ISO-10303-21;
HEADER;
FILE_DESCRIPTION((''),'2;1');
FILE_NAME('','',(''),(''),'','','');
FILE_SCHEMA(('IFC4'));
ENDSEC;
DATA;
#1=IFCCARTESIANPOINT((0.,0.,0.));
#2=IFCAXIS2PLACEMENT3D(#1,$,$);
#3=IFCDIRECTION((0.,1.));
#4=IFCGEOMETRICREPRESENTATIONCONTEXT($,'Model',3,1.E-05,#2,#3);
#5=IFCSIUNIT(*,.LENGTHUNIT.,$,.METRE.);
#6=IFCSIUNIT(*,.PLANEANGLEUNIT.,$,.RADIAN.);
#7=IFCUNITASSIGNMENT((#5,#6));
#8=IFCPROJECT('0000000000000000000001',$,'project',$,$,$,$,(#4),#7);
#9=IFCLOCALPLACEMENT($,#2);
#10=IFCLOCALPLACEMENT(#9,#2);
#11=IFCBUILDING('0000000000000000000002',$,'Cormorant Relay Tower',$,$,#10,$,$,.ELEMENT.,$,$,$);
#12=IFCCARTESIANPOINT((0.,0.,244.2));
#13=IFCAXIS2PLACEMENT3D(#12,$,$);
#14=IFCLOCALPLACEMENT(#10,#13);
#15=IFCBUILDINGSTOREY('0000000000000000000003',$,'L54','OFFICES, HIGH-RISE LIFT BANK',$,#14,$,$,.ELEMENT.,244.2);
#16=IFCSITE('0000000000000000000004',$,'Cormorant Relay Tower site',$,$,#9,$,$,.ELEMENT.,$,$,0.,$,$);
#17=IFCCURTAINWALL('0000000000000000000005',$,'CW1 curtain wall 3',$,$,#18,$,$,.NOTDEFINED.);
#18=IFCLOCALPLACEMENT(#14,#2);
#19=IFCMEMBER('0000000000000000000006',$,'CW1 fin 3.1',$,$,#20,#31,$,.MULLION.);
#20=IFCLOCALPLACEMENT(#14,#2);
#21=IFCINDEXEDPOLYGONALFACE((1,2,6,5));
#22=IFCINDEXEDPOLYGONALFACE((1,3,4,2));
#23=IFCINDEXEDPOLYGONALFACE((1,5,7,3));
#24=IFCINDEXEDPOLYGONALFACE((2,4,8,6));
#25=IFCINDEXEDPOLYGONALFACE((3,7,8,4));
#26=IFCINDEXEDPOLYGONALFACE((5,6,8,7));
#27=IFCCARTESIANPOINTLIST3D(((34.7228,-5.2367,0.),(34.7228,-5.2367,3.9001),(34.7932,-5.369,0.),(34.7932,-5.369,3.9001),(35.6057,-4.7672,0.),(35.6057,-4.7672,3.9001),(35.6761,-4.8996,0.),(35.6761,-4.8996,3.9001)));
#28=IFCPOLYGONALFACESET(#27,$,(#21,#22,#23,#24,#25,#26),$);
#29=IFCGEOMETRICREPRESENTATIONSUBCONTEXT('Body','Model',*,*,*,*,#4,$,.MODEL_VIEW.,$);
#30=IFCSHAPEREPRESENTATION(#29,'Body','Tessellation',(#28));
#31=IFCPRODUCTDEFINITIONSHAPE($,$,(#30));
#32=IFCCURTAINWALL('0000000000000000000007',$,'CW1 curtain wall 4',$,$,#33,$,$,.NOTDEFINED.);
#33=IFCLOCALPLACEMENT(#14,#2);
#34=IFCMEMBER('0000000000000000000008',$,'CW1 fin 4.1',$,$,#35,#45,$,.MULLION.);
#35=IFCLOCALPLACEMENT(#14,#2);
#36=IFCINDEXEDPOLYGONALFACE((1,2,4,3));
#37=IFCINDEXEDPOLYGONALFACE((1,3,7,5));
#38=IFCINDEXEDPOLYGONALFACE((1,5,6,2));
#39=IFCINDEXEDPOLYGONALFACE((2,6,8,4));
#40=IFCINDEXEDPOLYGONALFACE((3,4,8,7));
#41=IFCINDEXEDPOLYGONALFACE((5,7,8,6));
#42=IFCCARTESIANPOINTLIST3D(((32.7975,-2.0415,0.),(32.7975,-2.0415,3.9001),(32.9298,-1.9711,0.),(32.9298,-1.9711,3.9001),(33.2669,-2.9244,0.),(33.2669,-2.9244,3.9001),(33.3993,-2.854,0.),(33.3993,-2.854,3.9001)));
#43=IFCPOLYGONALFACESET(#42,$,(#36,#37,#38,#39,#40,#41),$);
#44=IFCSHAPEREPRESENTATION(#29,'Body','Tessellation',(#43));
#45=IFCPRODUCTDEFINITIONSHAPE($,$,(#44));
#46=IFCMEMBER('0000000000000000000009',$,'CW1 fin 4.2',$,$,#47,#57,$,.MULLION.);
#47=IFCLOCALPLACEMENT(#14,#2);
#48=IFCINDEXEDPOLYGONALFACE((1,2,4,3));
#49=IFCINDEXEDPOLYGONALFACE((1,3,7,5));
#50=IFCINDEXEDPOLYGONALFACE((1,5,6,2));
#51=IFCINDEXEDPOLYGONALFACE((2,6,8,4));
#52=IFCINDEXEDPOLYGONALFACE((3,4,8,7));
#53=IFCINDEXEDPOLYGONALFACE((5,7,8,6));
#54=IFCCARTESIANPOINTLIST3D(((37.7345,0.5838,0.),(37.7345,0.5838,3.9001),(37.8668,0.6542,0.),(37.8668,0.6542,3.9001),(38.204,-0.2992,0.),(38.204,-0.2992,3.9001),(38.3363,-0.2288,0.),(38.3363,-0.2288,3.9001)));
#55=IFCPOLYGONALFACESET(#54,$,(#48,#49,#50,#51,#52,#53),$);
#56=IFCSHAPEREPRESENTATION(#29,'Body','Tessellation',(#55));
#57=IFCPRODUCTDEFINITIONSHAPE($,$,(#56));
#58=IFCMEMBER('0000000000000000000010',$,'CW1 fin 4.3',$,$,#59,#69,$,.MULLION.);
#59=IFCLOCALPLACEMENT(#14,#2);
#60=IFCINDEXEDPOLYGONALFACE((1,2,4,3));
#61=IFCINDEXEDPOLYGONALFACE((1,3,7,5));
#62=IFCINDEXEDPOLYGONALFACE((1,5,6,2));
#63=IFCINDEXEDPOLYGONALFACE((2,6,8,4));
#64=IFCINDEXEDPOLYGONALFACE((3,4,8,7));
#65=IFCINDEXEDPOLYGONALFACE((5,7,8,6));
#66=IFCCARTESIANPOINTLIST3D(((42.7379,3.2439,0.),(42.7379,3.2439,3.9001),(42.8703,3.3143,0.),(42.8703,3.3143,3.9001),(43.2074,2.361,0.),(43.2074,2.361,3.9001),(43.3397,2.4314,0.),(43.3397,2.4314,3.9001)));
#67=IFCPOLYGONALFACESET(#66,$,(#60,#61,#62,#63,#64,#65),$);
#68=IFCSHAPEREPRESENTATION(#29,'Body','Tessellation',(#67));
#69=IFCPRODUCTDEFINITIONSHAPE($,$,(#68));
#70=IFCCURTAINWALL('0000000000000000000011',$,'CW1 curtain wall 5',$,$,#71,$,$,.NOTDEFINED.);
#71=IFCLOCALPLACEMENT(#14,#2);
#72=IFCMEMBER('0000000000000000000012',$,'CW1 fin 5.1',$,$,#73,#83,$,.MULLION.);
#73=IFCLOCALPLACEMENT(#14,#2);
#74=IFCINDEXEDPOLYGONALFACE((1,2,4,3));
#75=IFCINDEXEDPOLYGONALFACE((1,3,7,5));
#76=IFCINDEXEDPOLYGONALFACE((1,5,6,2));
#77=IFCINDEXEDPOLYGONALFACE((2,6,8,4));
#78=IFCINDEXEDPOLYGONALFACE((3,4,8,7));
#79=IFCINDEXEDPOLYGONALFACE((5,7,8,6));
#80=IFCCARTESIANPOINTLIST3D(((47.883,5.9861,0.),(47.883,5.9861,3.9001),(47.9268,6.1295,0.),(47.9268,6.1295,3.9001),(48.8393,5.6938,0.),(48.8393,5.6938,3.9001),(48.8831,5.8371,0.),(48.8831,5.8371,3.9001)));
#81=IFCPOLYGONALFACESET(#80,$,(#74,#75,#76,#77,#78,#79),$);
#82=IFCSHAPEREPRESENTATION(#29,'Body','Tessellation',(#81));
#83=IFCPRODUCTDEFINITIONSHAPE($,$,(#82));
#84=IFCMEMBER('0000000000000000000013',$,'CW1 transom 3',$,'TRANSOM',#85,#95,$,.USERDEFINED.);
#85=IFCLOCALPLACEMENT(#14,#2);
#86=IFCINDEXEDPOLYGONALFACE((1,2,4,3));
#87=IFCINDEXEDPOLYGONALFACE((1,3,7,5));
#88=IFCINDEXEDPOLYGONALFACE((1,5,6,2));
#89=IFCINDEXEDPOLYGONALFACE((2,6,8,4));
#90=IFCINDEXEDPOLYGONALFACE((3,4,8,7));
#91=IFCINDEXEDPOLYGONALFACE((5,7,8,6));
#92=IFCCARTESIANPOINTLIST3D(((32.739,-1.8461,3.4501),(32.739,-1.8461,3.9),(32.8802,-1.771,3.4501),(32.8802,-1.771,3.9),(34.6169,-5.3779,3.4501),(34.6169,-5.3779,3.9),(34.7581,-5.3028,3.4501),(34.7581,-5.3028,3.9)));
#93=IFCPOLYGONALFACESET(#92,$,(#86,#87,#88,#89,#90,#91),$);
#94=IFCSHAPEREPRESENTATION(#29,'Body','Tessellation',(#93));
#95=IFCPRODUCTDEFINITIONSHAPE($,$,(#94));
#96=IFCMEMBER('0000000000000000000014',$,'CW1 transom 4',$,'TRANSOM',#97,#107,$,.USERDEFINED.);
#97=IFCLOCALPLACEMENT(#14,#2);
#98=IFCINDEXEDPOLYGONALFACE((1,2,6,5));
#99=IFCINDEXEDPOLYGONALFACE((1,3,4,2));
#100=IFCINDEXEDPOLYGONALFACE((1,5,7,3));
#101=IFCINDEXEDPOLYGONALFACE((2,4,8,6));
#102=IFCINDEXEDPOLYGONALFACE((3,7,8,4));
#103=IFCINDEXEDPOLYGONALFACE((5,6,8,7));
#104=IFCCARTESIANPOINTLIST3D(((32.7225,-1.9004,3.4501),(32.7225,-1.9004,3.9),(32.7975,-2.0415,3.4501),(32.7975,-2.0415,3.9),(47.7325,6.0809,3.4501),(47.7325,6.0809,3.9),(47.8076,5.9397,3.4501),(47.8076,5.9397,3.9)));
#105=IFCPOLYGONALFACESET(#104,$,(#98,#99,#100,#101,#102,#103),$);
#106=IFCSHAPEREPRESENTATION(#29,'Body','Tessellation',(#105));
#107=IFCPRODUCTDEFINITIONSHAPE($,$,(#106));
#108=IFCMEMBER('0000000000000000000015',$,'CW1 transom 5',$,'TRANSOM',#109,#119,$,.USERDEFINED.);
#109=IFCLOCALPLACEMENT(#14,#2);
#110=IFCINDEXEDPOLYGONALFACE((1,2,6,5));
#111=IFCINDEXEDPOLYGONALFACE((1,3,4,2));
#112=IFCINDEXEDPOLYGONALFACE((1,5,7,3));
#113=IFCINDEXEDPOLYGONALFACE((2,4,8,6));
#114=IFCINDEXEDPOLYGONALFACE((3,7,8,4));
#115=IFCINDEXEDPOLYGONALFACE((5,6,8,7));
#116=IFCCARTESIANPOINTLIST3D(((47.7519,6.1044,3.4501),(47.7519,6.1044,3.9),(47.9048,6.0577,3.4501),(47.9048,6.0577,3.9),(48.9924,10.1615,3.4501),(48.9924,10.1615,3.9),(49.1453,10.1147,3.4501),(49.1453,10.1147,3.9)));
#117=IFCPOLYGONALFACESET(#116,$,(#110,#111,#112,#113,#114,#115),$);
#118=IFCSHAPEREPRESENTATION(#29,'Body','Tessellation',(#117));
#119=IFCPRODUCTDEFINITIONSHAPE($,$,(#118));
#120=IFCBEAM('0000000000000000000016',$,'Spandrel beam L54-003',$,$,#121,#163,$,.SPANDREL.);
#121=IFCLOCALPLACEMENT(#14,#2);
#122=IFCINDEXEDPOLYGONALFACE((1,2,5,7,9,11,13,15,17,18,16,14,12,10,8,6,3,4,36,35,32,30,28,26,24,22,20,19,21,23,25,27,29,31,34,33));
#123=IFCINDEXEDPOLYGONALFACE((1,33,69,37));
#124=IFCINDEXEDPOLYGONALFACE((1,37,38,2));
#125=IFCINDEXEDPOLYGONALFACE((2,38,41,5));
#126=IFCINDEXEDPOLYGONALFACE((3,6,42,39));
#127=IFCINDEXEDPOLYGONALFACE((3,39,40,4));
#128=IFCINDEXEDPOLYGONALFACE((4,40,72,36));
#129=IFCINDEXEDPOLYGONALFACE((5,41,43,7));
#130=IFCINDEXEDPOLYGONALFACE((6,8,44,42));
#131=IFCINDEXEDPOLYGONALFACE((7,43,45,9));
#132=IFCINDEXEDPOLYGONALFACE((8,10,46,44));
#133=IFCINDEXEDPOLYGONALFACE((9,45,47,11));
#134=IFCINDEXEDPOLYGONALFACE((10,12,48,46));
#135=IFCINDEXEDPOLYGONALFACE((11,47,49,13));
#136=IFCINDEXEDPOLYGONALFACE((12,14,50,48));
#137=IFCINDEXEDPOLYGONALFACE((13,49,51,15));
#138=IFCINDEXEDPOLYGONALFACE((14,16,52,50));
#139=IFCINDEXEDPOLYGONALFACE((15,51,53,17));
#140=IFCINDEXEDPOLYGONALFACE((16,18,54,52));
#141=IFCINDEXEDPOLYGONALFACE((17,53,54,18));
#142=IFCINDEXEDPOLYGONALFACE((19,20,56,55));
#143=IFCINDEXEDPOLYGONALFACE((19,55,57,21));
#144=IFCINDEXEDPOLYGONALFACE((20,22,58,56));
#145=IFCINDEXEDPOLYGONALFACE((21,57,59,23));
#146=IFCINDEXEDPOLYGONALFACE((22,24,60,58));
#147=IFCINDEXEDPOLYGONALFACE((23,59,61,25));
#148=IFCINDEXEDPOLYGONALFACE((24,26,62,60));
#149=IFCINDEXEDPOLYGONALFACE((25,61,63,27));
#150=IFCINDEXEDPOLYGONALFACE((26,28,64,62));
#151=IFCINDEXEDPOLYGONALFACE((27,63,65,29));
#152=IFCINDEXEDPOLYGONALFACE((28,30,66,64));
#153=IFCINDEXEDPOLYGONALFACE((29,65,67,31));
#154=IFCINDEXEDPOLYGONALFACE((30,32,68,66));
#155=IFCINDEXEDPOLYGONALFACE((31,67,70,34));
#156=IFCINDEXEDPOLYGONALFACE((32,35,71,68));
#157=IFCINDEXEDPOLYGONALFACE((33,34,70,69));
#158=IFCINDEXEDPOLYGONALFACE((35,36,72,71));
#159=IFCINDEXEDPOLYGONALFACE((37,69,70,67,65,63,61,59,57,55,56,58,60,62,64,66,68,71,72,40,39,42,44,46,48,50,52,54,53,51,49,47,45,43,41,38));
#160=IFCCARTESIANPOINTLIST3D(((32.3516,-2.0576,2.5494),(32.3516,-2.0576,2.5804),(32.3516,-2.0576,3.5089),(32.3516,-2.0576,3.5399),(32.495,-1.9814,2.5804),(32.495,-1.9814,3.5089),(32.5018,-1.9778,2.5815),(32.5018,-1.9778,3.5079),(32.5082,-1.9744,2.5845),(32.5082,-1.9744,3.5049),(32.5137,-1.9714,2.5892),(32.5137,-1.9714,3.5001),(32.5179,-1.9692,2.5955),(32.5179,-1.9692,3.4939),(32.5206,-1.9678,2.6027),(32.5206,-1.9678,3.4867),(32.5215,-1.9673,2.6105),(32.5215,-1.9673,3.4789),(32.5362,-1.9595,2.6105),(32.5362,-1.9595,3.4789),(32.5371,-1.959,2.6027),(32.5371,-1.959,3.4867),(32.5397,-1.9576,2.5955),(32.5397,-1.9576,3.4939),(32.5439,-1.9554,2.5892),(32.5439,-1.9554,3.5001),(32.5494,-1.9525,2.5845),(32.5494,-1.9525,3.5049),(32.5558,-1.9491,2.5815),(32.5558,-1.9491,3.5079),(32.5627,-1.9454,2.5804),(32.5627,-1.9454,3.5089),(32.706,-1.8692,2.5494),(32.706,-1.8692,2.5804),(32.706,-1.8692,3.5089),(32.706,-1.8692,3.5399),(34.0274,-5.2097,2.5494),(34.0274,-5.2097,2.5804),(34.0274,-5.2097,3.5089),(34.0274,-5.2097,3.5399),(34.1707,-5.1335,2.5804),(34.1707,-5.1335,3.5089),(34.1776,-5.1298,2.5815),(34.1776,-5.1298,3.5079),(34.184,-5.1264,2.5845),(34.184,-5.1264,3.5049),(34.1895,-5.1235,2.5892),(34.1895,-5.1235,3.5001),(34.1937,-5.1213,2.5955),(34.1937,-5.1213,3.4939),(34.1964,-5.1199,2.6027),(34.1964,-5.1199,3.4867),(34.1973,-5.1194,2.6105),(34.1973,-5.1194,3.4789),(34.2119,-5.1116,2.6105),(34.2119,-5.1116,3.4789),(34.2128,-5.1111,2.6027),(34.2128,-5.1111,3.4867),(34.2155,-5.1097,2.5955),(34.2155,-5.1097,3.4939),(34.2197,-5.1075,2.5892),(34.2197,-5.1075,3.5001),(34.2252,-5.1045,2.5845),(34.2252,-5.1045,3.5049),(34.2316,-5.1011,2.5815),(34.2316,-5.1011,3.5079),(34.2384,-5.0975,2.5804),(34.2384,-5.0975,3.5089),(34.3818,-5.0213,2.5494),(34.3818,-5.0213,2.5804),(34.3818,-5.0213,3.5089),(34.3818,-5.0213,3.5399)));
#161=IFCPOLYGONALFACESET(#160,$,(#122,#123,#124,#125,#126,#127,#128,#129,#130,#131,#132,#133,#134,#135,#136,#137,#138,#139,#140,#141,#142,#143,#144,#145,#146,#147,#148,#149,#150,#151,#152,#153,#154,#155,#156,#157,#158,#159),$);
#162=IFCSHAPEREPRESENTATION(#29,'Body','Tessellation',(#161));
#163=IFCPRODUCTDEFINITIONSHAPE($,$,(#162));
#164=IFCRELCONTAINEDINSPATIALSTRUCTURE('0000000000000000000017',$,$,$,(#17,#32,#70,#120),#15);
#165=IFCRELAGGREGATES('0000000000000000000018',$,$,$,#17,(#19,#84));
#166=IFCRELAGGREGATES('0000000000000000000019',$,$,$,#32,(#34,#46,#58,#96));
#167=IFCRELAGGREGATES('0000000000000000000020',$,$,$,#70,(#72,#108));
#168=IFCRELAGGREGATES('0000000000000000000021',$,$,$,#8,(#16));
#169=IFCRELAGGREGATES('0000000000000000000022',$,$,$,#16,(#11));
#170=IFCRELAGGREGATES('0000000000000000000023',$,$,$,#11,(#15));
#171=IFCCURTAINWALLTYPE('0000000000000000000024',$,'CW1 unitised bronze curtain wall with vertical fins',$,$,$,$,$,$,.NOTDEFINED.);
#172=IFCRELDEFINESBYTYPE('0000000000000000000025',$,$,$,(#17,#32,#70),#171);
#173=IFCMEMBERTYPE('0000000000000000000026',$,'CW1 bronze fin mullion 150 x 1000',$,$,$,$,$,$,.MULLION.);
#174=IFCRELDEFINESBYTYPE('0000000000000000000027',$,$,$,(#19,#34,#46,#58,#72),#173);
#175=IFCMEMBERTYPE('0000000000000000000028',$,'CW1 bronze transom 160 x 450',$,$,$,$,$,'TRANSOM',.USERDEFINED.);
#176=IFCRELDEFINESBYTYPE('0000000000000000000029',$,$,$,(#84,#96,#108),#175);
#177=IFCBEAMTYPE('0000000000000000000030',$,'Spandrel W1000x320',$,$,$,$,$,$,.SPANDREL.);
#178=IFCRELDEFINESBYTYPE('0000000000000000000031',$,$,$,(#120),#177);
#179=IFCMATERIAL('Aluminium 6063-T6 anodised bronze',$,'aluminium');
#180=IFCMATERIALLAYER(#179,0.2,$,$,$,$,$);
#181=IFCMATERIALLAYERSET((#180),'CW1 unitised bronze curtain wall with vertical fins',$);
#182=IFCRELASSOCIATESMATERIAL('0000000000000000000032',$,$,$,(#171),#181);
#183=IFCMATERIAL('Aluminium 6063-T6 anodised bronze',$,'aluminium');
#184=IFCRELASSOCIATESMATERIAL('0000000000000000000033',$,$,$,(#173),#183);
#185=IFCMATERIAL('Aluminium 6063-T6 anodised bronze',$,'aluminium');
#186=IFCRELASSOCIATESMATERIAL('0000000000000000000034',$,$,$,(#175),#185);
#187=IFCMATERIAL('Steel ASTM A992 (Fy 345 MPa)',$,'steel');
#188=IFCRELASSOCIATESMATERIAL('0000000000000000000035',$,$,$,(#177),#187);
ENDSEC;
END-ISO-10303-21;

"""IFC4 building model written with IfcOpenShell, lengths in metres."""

from ifc_helpers import new_model, si_unit, direction, frame, origin, origin_2d, place, context, subcontext, project, spatial, rectangle, i_section, extrude, material, layer, layer_set, material_profile, profile_set, type_object, element, aggregate, save


model = new_model("IFC4")

# Units and contexts
model_context = context("Model", 3, precision=1e-05, world=origin(), true_north=direction((0.0, 1.0)))
body_context = subcontext(model_context, "Body", "Model", "MODEL_VIEW")
ifc_project = project(units=[si_unit("LENGTHUNIT", "METRE"), si_unit("PLANEANGLEUNIT", "RADIAN")], contexts=[model_context])

# Site, building, storey
site_placement = place(None, origin())
site = spatial("IfcSite", under=ifc_project, at=site_placement, Name="Cormorant Relay Tower site", CompositionType="ELEMENT", RefElevation=0.0)
building_placement = place(site_placement, origin())
building = spatial("IfcBuilding", under=site, at=building_placement, Name="Cormorant Relay Tower", CompositionType="ELEMENT")
storey_placement = place(building_placement, frame((0.0, 0.0, 244.2)))
storey = spatial("IfcBuildingStorey", under=building, at=storey_placement, Name="L54", Description="OFFICES, HIGH-RISE LIFT BANK", CompositionType="ELEMENT", Elevation=244.2)

# Curtain wall, member
ifc_material_1 = material(Name="Aluminium 6063-T6 anodised bronze", Category="aluminium")
ifc_layer_1 = layer(ifc_material_1, 0.2)
ifc_layer_set_1 = layer_set([ifc_layer_1], Name="CW1 unitised bronze curtain wall with vertical fins")
curtain_wall_type = type_object("IfcCurtainWallType", Name="CW1 unitised bronze curtain wall with vertical fins", PredefinedType="NOTDEFINED", material=ifc_layer_set_1)
curtain_wall_1_placement = place(storey_placement, origin())
curtain_wall_1 = element("IfcCurtainWall", 1, at=curtain_wall_1_placement, inside=storey, type_object=curtain_wall_type, Name="CW1 curtain wall 3", PredefinedType="NOTDEFINED")
ifc_material_2 = material(Name="Aluminium 6063-T6 anodised bronze", Category="aluminium")
ifc_material_profile_1 = material_profile(ifc_material_2, rectangle(XDim=0.1499, YDim=1.0, at=origin_2d()), Name="AL 150x1000")
ifc_profile_set_1 = profile_set([ifc_material_profile_1], Name="Aluminium 6063-T6 anodised bronze")
member_type_1 = type_object("IfcMemberType", Name="CW1 bronze fin mullion 150 x 1000", PredefinedType="MULLION", material=ifc_profile_set_1)
member_1_placement = place(storey_placement, frame((35.1995, -5.0681, 0.0), z_axis=(0.0, 0.0, 1.0), x_axis=(-0.469472, 0.882948, 0.0)))
member_1 = element("IfcMember", 2, at=member_1_placement, type_object=member_type_1, Name="CW1 fin 3.1", PredefinedType="MULLION", context=body_context, shape_type="SweptSolid", body=[
    extrude(rectangle(XDim=0.1499, YDim=1.0, at=origin_2d()), origin(), (0.0, 0.0, 1.0), 3.9001),
])

# Curtain wall, members
curtain_wall_2_placement = place(storey_placement, origin())
curtain_wall_2 = element("IfcCurtainWall", 3, at=curtain_wall_2_placement, inside=storey, type_object=curtain_wall_type, Name="CW1 curtain wall 4", PredefinedType="NOTDEFINED")
member_2_placement = place(storey_placement, frame((33.0984, -2.4478, 0.0), z_axis=(0.0, 0.0, 1.0), x_axis=(0.882948, 0.469472, 0.0)))
member_2 = element("IfcMember", 4, at=member_2_placement, type_object=member_type_1, Name="CW1 fin 4.1", PredefinedType="MULLION", context=body_context, shape_type="SweptSolid", body=[
    extrude(rectangle(XDim=0.1499, YDim=1.0, at=origin_2d()), origin(), (0.0, 0.0, 1.0), 3.9001),
])
member_3_placement = place(storey_placement, frame((38.0354, 0.1775, 0.0), z_axis=(0.0, 0.0, 1.0), x_axis=(0.882948, 0.469472, 0.0)))
member_3 = element("IfcMember", 5, at=member_3_placement, type_object=member_type_1, Name="CW1 fin 4.2", PredefinedType="MULLION", context=body_context, shape_type="SweptSolid", body=[
    extrude(rectangle(XDim=0.1499, YDim=1.0, at=origin_2d()), origin(), (0.0, 0.0, 1.0), 3.9001),
])
member_4_placement = place(storey_placement, frame((43.0388, 2.8376, 0.0), z_axis=(0.0, 0.0, 1.0), x_axis=(0.882948, 0.469472, 0.0)))
member_4 = element("IfcMember", 6, at=member_4_placement, type_object=member_type_1, Name="CW1 fin 4.3", PredefinedType="MULLION", context=body_context, shape_type="SweptSolid", body=[
    extrude(rectangle(XDim=0.1499, YDim=1.0, at=origin_2d()), origin(), (0.0, 0.0, 1.0), 3.9001),
])

# Curtain wall, member
curtain_wall_3_placement = place(storey_placement, origin())
curtain_wall_3 = element("IfcCurtainWall", 7, at=curtain_wall_3_placement, inside=storey, type_object=curtain_wall_type, Name="CW1 curtain wall 5", PredefinedType="NOTDEFINED")
member_5_placement = place(storey_placement, frame((48.3831, 5.9116, 0.0), z_axis=(0.0, 0.0, 1.0), x_axis=(0.292372, 0.956305, 0.0)))
member_5 = element("IfcMember", 8, at=member_5_placement, type_object=member_type_1, Name="CW1 fin 5.1", PredefinedType="MULLION", context=body_context, shape_type="SweptSolid", body=[
    extrude(rectangle(XDim=0.1499, YDim=1.0, at=origin_2d()), origin(), (0.0, 0.0, 1.0), 3.9001),
])

# Members
ifc_material_3 = material(Name="Aluminium 6063-T6 anodised bronze", Category="aluminium")
ifc_material_profile_2 = material_profile(ifc_material_3, rectangle(XDim=0.1599, YDim=0.45, at=origin_2d()), Name="AL 160x450")
ifc_profile_set_2 = profile_set([ifc_material_profile_2], Name="Aluminium 6063-T6 anodised bronze")
member_type_2 = type_object("IfcMemberType", Name="CW1 bronze transom 160 x 450", ElementType="TRANSOM", PredefinedType="USERDEFINED", material=ifc_profile_set_2)
member_6_placement = place(storey_placement, frame((34.6875, -5.3403, 3.675), z_axis=(-0.469485, 0.88294, 0.0), x_axis=(-0.88294, -0.469485, 0.0)))
member_6 = element("IfcMember", 9, at=member_6_placement, type_object=member_type_2, Name="CW1 transom 3", ObjectType="TRANSOM", PredefinedType="USERDEFINED", context=body_context, shape_type="SweptSolid", body=[
    extrude(rectangle(XDim=0.1599, YDim=0.45, at=origin_2d()), origin(), (0.0, 0.0, 1.0), 4.0),
])
member_7_placement = place(storey_placement, frame((32.76, -1.9709, 3.675), z_axis=(0.882942, 0.469482, 0.0), x_axis=(-0.469482, 0.882942, 0.0)))
member_7 = element("IfcMember", 10, at=member_7_placement, type_object=member_type_2, Name="CW1 transom 4", ObjectType="TRANSOM", PredefinedType="USERDEFINED", context=body_context, shape_type="SweptSolid", body=[
    extrude(rectangle(XDim=0.1599, YDim=0.45, at=origin_2d()), origin(), (0.0, 0.0, 1.0), 17.0),
])
member_8_placement = place(storey_placement, frame((47.8284, 6.0811, 3.675), z_axis=(0.292391, 0.956299, 0.0), x_axis=(-0.956299, 0.292391, 0.0)))
member_8 = element("IfcMember", 11, at=member_8_placement, type_object=member_type_2, Name="CW1 transom 5", ObjectType="TRANSOM", PredefinedType="USERDEFINED", context=body_context, shape_type="SweptSolid", body=[
    extrude(rectangle(XDim=0.1599, YDim=0.45, at=origin_2d()), origin(), (0.0, 0.0, 1.0), 4.2424),
])

# Beam
ifc_material_4 = material(Name="Steel ASTM A992 (Fy 345 MPa)", Category="steel")
ifc_material_profile_3 = material_profile(ifc_material_4, i_section(OverallWidth=0.4014, OverallDepth=0.9905, WebThickness=0.0166, FlangeThickness=0.031, FilletRadius=0.03, at=origin_2d()), Name="W1000x320")
ifc_profile_set_3 = profile_set([ifc_material_profile_3], Name="Steel ASTM A992 (Fy 345 MPa)")
beam_type = type_object("IfcBeamType", Name="Spandrel W1000x320", PredefinedType="SPANDREL", material=ifc_profile_set_3)
beam_1_placement = place(storey_placement, frame((34.2046, -5.1155, 3.0447), z_axis=(-0.469424, 0.882973, 0.0), x_axis=(-0.882973, -0.469424, 0.0)))
element("IfcBeam", 12, at=beam_1_placement, inside=storey, type_object=beam_type, Name="Spandrel beam L54-003", PredefinedType="SPANDREL", context=body_context, shape_type="SweptSolid", body=[
    extrude(i_section(OverallWidth=0.4014, OverallDepth=0.9905, WebThickness=0.0166, FlangeThickness=0.031, FilletRadius=0.03, at=origin_2d()), origin(), (0.0, 0.0, 1.0), 3.5698),
])

aggregate(curtain_wall_1, [member_1, member_6])
aggregate(curtain_wall_2, [member_2, member_3, member_4, member_7])
aggregate(curtain_wall_3, [member_5, member_8])

save(model, "model.ifc")
